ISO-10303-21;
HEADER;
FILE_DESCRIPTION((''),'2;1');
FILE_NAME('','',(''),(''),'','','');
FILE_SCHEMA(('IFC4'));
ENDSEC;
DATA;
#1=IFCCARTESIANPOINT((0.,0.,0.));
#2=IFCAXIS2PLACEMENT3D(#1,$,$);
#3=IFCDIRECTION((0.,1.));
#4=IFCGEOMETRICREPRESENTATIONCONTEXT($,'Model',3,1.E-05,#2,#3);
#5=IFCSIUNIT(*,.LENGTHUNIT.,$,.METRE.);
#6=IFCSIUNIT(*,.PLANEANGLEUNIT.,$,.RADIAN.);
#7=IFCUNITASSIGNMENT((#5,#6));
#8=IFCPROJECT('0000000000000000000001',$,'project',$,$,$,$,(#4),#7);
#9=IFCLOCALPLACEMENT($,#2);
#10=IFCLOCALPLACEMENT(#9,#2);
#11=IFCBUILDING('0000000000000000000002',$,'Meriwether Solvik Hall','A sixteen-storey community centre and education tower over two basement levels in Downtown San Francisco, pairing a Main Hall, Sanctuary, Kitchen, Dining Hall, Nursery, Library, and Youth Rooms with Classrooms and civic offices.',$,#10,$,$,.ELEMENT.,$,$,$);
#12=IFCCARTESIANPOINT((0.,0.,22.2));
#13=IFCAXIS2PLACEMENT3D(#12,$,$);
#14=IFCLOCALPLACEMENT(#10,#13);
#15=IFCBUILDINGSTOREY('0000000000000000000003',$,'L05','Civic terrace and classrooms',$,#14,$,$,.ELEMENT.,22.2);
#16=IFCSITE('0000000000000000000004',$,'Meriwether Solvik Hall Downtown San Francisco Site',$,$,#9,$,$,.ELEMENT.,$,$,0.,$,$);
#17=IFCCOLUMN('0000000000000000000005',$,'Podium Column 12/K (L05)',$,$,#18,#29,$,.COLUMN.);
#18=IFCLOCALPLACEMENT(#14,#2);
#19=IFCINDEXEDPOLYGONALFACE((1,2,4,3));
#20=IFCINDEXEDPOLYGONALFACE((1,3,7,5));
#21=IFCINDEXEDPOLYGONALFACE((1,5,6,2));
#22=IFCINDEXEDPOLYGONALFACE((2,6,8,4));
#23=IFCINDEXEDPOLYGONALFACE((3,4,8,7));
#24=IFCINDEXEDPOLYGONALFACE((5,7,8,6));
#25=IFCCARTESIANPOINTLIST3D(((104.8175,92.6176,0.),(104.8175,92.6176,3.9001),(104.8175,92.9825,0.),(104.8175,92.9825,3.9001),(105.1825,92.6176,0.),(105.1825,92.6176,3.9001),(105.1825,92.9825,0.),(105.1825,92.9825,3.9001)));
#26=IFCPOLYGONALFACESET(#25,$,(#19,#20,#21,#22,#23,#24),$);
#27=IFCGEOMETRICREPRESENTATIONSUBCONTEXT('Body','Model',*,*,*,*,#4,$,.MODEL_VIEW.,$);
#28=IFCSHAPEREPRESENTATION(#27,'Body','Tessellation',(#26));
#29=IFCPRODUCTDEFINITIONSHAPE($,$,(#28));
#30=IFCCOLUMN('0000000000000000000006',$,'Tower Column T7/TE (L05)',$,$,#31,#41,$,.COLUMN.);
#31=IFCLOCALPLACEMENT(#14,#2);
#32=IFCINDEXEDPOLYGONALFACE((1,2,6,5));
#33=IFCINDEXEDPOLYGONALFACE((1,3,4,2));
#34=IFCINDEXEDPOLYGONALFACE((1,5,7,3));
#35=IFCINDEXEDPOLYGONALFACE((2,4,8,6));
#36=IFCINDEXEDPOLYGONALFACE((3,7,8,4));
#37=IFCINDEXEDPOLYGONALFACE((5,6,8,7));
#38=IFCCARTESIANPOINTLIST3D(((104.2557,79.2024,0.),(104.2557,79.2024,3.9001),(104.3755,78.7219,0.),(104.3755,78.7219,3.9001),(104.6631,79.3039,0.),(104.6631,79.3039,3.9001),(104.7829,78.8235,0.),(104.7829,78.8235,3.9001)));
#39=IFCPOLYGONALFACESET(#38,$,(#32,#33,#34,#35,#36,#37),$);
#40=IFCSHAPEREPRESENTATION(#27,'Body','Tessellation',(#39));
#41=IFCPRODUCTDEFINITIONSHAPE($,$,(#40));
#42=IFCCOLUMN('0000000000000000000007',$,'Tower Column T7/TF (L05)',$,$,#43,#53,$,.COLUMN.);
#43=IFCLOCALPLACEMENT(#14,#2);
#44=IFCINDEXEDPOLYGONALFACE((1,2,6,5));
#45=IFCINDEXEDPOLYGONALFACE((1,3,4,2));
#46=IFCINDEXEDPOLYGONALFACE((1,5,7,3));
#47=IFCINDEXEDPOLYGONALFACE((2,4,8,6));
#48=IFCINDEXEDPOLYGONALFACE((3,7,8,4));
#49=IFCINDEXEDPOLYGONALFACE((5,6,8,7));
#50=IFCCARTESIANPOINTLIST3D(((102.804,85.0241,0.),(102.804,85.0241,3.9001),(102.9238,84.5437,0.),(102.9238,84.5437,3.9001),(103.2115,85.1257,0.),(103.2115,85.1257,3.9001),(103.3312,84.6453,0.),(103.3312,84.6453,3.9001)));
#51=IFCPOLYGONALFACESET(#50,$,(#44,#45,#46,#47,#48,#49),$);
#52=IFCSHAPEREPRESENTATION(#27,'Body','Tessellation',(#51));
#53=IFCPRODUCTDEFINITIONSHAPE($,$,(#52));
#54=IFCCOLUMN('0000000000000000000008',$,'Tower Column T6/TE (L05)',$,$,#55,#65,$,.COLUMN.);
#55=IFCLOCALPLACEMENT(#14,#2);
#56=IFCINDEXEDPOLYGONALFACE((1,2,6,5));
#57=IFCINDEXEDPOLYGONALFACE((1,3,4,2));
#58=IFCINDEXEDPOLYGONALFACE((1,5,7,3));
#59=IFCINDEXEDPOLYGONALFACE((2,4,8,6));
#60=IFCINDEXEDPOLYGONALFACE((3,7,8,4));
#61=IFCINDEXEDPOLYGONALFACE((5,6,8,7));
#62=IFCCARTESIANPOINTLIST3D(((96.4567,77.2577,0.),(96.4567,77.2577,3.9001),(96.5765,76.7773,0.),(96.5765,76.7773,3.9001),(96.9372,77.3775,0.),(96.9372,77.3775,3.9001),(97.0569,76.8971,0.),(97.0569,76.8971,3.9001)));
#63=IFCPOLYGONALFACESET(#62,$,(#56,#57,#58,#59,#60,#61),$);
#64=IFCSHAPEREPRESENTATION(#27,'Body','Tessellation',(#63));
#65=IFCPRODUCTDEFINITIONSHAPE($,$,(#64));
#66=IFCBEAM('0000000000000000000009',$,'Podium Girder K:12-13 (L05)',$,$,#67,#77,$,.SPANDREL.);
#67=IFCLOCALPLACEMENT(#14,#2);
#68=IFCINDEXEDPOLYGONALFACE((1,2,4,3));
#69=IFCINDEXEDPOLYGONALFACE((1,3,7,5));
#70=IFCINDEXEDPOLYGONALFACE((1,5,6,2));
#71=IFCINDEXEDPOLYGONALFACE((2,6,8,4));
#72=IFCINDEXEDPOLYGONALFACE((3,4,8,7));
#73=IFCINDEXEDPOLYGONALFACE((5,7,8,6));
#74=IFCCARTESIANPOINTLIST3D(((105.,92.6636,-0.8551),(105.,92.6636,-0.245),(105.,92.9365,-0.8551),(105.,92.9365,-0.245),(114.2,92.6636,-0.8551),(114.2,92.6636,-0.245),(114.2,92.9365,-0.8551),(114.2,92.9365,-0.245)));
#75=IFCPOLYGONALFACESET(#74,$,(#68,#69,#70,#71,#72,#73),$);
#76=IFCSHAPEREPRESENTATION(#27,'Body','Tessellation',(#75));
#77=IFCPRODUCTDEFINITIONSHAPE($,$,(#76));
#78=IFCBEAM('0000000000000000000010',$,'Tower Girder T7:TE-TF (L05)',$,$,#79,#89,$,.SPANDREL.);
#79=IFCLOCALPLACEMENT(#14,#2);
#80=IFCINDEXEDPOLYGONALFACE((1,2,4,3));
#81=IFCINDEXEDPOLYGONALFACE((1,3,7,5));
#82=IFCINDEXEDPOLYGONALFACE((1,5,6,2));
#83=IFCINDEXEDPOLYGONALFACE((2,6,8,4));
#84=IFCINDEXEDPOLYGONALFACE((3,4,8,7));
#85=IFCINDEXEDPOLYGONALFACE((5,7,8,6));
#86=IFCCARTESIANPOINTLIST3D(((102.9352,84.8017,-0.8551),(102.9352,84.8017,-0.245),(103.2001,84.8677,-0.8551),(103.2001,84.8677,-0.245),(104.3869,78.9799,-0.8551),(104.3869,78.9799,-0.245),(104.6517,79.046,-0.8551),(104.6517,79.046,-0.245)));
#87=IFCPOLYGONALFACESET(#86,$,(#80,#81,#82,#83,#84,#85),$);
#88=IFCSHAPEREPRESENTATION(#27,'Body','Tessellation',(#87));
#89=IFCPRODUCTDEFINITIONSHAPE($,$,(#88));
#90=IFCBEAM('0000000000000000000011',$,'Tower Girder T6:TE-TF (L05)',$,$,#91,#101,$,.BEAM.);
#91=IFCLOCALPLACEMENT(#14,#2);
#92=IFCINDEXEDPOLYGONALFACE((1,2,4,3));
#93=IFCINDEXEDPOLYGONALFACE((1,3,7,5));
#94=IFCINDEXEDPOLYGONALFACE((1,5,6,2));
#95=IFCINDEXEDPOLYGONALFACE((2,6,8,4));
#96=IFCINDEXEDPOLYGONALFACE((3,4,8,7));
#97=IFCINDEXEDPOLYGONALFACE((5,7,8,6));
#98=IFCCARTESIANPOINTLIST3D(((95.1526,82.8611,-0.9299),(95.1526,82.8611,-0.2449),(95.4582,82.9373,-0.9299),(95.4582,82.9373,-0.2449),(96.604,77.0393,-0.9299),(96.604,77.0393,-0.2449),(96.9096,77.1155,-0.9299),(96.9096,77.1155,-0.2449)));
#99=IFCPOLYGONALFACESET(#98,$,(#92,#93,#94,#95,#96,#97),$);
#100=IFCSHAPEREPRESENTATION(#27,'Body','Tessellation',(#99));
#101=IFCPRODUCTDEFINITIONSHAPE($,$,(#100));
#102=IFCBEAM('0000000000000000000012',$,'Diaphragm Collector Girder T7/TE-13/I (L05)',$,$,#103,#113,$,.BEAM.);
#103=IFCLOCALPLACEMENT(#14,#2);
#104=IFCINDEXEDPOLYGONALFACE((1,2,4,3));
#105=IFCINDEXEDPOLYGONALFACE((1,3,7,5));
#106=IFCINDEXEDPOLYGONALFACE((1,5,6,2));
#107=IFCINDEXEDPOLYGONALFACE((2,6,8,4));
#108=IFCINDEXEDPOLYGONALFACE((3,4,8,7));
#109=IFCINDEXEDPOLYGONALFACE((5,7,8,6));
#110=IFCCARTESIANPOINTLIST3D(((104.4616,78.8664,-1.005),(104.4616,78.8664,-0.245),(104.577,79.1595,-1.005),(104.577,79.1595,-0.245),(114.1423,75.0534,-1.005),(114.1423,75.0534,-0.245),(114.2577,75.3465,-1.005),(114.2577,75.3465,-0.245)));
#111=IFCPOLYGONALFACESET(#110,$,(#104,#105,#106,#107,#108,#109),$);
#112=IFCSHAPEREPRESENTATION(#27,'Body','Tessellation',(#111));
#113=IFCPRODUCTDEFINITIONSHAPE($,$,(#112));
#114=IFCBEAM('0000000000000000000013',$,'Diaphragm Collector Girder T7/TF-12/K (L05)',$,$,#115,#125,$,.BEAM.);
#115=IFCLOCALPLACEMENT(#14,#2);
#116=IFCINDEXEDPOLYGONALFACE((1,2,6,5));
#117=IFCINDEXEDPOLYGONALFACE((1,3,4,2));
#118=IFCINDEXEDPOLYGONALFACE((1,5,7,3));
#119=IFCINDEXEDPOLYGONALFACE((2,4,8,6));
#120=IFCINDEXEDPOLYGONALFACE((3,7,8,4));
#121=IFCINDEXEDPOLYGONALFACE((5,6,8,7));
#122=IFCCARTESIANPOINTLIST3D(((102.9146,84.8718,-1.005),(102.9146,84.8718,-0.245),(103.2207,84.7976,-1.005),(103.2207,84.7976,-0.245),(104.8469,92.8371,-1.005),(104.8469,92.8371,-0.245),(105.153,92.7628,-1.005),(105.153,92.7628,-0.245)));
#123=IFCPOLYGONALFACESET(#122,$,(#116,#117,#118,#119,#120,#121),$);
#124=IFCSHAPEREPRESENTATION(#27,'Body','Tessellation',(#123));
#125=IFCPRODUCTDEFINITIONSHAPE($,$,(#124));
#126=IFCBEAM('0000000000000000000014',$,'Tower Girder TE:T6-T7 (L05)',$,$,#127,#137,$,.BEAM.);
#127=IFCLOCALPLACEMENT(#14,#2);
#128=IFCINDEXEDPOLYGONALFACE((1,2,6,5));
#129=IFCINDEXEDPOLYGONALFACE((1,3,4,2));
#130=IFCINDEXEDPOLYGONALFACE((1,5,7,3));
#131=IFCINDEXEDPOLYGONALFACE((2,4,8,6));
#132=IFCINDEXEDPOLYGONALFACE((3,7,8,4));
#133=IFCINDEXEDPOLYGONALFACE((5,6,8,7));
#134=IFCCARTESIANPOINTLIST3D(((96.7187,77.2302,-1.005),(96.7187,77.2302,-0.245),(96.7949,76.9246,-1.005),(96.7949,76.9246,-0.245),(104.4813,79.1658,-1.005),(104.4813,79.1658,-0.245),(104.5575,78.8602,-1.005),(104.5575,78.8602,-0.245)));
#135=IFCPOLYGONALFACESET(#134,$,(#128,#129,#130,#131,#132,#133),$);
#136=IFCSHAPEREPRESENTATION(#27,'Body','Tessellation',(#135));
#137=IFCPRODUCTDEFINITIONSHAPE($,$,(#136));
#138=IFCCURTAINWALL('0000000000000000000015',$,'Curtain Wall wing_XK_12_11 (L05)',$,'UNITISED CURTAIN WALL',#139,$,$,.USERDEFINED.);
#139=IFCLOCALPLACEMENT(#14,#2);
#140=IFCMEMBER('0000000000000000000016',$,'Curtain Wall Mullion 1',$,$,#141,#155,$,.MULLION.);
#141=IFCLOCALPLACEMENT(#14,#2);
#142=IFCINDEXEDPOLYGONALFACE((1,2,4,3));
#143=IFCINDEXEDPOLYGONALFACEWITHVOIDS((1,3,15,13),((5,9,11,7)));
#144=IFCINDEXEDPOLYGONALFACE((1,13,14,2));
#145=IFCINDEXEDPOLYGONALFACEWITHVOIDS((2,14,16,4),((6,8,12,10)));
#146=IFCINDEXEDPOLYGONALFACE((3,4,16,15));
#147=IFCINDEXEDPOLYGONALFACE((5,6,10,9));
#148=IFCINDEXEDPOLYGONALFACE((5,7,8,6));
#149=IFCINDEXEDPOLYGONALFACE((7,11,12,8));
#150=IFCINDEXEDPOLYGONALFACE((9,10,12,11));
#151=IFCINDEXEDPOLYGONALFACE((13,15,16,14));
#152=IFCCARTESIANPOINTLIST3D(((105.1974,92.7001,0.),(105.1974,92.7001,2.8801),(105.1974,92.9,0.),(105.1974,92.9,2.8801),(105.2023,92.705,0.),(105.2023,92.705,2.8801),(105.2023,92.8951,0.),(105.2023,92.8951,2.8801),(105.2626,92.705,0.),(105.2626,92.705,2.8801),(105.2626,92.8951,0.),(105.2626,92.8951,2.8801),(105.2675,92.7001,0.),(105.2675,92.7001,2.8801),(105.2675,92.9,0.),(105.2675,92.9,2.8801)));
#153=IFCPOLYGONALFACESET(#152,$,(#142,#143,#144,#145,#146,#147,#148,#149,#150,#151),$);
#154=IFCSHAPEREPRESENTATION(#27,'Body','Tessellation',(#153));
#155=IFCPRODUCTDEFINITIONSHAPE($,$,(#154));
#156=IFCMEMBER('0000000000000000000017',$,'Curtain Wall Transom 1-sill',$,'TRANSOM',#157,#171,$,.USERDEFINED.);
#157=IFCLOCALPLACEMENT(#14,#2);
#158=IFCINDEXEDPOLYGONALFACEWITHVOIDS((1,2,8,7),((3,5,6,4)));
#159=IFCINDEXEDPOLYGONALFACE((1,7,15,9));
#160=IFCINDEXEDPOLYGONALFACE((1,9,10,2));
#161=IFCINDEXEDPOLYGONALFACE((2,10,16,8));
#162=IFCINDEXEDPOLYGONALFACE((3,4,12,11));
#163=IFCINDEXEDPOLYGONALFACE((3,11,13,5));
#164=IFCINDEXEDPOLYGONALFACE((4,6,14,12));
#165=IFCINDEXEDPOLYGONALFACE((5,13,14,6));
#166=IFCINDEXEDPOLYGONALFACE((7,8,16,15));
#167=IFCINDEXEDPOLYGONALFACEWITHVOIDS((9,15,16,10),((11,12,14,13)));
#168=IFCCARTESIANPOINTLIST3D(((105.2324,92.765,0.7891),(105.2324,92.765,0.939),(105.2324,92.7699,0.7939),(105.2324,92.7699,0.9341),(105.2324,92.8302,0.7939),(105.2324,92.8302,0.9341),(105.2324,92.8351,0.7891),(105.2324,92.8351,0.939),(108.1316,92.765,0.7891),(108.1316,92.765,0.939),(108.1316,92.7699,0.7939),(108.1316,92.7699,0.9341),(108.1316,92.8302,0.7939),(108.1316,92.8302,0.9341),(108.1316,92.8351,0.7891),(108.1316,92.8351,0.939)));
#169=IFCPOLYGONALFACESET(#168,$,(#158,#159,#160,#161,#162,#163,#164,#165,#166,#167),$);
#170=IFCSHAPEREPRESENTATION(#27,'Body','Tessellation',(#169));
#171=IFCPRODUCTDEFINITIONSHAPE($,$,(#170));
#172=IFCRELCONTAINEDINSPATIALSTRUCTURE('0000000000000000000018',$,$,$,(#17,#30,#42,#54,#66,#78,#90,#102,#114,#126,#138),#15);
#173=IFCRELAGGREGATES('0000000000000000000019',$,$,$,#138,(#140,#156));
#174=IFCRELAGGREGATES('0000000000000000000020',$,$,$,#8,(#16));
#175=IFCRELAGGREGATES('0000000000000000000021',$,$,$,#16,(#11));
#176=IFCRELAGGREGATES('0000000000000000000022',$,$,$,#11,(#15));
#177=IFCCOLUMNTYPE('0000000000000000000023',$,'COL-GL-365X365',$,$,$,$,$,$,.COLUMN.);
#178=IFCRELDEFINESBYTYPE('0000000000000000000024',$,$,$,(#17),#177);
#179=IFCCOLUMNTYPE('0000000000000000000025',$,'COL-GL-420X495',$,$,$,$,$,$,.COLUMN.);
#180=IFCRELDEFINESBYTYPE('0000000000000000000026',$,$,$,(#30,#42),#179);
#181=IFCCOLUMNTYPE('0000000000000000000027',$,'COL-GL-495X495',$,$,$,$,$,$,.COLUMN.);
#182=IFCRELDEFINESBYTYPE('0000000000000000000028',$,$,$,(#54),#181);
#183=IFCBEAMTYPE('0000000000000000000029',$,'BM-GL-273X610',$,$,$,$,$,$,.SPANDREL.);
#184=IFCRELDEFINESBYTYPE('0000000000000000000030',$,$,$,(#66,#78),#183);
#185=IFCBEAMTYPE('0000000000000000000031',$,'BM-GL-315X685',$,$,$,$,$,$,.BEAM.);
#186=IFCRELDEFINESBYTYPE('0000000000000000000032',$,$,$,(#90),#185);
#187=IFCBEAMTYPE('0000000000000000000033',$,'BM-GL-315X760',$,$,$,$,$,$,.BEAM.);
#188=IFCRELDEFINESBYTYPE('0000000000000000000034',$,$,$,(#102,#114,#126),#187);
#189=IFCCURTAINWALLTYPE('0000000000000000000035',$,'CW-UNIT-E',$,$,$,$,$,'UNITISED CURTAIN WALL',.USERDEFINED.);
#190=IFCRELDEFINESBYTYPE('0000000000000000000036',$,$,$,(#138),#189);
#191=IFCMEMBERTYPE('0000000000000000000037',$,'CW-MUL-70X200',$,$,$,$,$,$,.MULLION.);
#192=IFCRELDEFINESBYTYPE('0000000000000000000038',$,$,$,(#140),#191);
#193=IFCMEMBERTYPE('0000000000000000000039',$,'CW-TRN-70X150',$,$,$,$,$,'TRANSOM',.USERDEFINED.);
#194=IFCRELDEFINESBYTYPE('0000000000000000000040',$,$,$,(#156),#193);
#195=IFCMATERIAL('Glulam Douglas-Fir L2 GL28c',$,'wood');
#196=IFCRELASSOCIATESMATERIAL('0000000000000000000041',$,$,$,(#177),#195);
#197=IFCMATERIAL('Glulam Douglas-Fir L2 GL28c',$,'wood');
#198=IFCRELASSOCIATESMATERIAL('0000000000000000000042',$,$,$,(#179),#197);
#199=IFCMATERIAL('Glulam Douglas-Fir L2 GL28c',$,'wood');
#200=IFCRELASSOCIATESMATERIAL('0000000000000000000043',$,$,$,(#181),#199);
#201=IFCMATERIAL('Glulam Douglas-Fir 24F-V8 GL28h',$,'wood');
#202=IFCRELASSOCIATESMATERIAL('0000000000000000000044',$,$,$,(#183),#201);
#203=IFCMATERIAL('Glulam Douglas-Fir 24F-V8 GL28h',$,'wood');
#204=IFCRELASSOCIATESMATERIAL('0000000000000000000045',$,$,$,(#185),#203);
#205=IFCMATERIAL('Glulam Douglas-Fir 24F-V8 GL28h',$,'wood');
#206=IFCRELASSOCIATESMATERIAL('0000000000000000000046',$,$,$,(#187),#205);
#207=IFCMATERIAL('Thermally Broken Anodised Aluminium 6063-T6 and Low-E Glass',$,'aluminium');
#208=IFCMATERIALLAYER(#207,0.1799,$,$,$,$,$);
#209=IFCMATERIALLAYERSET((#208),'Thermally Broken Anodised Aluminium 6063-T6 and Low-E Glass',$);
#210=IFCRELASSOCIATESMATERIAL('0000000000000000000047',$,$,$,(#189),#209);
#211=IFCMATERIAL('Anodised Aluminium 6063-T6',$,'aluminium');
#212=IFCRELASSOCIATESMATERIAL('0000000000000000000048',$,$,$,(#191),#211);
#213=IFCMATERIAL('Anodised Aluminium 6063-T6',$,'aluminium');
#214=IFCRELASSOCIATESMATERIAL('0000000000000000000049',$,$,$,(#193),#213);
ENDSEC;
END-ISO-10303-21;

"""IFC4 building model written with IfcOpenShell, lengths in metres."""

from ifc_helpers import new_model, si_unit, direction, frame, origin, origin_2d, place, context, subcontext, project, spatial, rectangle, hollow_rectangle, extrude, material, layer, layer_set, material_profile, profile_set, type_object, element, aggregate, save


model = new_model("IFC4")

# Units and contexts
model_context = context("Model", 3, precision=1e-05, world=origin(), true_north=direction((0.0, 1.0)))
body_context = subcontext(model_context, "Body", "Model", "MODEL_VIEW")
ifc_project = project(units=[si_unit("LENGTHUNIT", "METRE"), si_unit("PLANEANGLEUNIT", "RADIAN")], contexts=[model_context])

# Site, building, storey
site_placement = place(None, origin())
site = spatial("IfcSite", under=ifc_project, at=site_placement, Name="Meriwether Solvik Hall Downtown San Francisco Site", CompositionType="ELEMENT", RefElevation=0.0)
building_placement = place(site_placement, origin())
building = spatial("IfcBuilding", under=site, at=building_placement, Name="Meriwether Solvik Hall", Description="A sixteen-storey community centre and education tower over two basement levels in Downtown San Francisco, pairing a Main Hall, Sanctuary, Kitchen, Dining Hall, Nursery, Library, and Youth Rooms with Classrooms and civic offices.", CompositionType="ELEMENT")
storey_placement = place(building_placement, frame((0.0, 0.0, 22.2)))
storey = spatial("IfcBuildingStorey", under=building, at=storey_placement, Name="L05", Description="Civic terrace and classrooms", CompositionType="ELEMENT", Elevation=22.2)

# Columns
ifc_material_1 = material(Name="Glulam Douglas-Fir L2 GL28c", Category="wood")
ifc_material_profile_1 = material_profile(ifc_material_1, rectangle(XDim=0.365, YDim=0.365, at=origin_2d()), Name="GLC-365X365")
ifc_profile_set_1 = profile_set([ifc_material_profile_1], Name="Glulam Douglas-Fir L2 GL28c")
column_type_1 = type_object("IfcColumnType", Name="COL-GL-365X365", PredefinedType="COLUMN", material=ifc_profile_set_1)
column_1_placement = place(storey_placement, frame((105.0, 92.8, 0.0), z_axis=(0.0, 0.0, 1.0), x_axis=(1.0, 0.0, 0.0)))
element("IfcColumn", 1, at=column_1_placement, inside=storey, type_object=column_type_1, Name="Podium Column 12/K (L05)", PredefinedType="COLUMN", context=body_context, shape_type="SweptSolid", body=[
    extrude(rectangle(XDim=0.365, YDim=0.365, at=origin_2d()), origin(), (0.0, 0.0, 1.0), 3.9001),
])
ifc_material_2 = material(Name="Glulam Douglas-Fir L2 GL28c", Category="wood")
ifc_material_profile_2 = material_profile(ifc_material_2, rectangle(XDim=0.4199, YDim=0.4951, at=origin_2d()), Name="GLC-420X495")
ifc_profile_set_2 = profile_set([ifc_material_profile_2], Name="Glulam Douglas-Fir L2 GL28c")
column_type_2 = type_object("IfcColumnType", Name="COL-GL-420X495", PredefinedType="COLUMN", material=ifc_profile_set_2)
for number, where, z_axis, x_axis, name in (
    (2, (104.5193, 79.0129, 0.0), (0.0, 0.0, 1.0), (0.970296, 0.241922, 0.0), "Tower Column T7/TE (L05)"),
    (3, (103.0676, 84.8347, 0.0), (0.0, 0.0, 1.0), (0.970296, 0.241922, 0.0), "Tower Column T7/TF (L05)"),
):
    element("IfcColumn", number, at=place(storey_placement, frame(where, z_axis=z_axis, x_axis=x_axis)), inside=storey, type_object=column_type_2, Name=name, PredefinedType="COLUMN", context=body_context, shape_type="SweptSolid", body=[
        extrude(rectangle(XDim=0.4199, YDim=0.4951, at=origin_2d()), origin(), (0.0, 0.0, 1.0), 3.9001),
    ])
ifc_material_3 = material(Name="Glulam Douglas-Fir L2 GL28c", Category="wood")
ifc_material_profile_3 = material_profile(ifc_material_3, rectangle(XDim=0.4951, YDim=0.4951, at=origin_2d()), Name="GLC-495X495")
ifc_profile_set_3 = profile_set([ifc_material_profile_3], Name="Glulam Douglas-Fir L2 GL28c")
column_type_3 = type_object("IfcColumnType", Name="COL-GL-495X495", PredefinedType="COLUMN", material=ifc_profile_set_3)
column_2_placement = place(storey_placement, frame((96.7568, 77.0774, 0.0), z_axis=(0.0, 0.0, 1.0), x_axis=(0.970296, 0.241922, 0.0)))
element("IfcColumn", 4, at=column_2_placement, inside=storey, type_object=column_type_3, Name="Tower Column T6/TE (L05)", PredefinedType="COLUMN", context=body_context, shape_type="SweptSolid", body=[
    extrude(rectangle(XDim=0.4951, YDim=0.4951, at=origin_2d()), origin(), (0.0, 0.0, 1.0), 3.9001),
])

# Beams
ifc_material_4 = material(Name="Glulam Douglas-Fir 24F-V8 GL28h", Category="wood")
ifc_material_profile_4 = material_profile(ifc_material_4, rectangle(XDim=0.2729, YDim=0.6101, at=origin_2d()), Name="GLB-273X610")
ifc_profile_set_4 = profile_set([ifc_material_profile_4], Name="Glulam Douglas-Fir 24F-V8 GL28h")
beam_type_1 = type_object("IfcBeamType", Name="BM-GL-273X610", PredefinedType="SPANDREL", material=ifc_profile_set_4)
beam_1_placement = place(storey_placement, frame((105.0, 92.8, -0.55), z_axis=(1.0, 0.0, 0.0), x_axis=(0.0, 1.0, 0.0)))
element("IfcBeam", 5, at=beam_1_placement, inside=storey, type_object=beam_type_1, Name="Podium Girder K:12-13 (L05)", PredefinedType="SPANDREL", context=body_context, shape_type="SweptSolid", body=[
    extrude(rectangle(XDim=0.2729, YDim=0.6101, at=origin_2d()), origin(), (0.0, 0.0, 1.0), 9.2),
])
beam_2_placement = place(storey_placement, frame((104.5193, 79.0129, -0.55), z_axis=(-0.241942, 0.970291, 0.0), x_axis=(-0.970291, -0.241942, 0.0)))
element("IfcBeam", 6, at=beam_2_placement, inside=storey, type_object=beam_type_1, Name="Tower Girder T7:TE-TF (L05)", PredefinedType="SPANDREL", context=body_context, shape_type="SweptSolid", body=[
    extrude(rectangle(XDim=0.2729, YDim=0.6101, at=origin_2d()), origin(), (0.0, 0.0, 1.0), 6.0),
])
ifc_material_5 = material(Name="Glulam Douglas-Fir 24F-V8 GL28h", Category="wood")
ifc_material_profile_5 = material_profile(ifc_material_5, rectangle(XDim=0.3149, YDim=0.6851, at=origin_2d()), Name="GLB-315X685")
ifc_profile_set_5 = profile_set([ifc_material_profile_5], Name="Glulam Douglas-Fir 24F-V8 GL28h")
beam_type_2 = type_object("IfcBeamType", Name="BM-GL-315X685", PredefinedType="BEAM", material=ifc_profile_set_5)
beam_3_placement = place(storey_placement, frame((96.7568, 77.0774, -0.5874), z_axis=(-0.241904, 0.9703, 0.0), x_axis=(-0.9703, -0.241904, 0.0)))
element("IfcBeam", 7, at=beam_3_placement, inside=storey, type_object=beam_type_2, Name="Tower Girder T6:TE-TF (L05)", PredefinedType="BEAM", context=body_context, shape_type="SweptSolid", body=[
    extrude(rectangle(XDim=0.3149, YDim=0.6851, at=origin_2d()), origin(), (0.0, 0.0, 1.0), 6.0),
])
ifc_material_6 = material(Name="Glulam Douglas-Fir 24F-V8 GL28h", Category="wood")
ifc_material_profile_6 = material_profile(ifc_material_6, rectangle(XDim=0.3149, YDim=0.76, at=origin_2d()), Name="GLB-315X760")
ifc_profile_set_6 = profile_set([ifc_material_profile_6], Name="Glulam Douglas-Fir 24F-V8 GL28h")
beam_type_3 = type_object("IfcBeamType", Name="BM-GL-315X760", PredefinedType="BEAM", material=ifc_profile_set_6)
beam_4_placement = place(storey_placement, frame((104.5193, 79.0129, -0.625), z_axis=(0.930428, -0.366474, 0.0), x_axis=(0.366474, 0.930428, 0.0)))
element("IfcBeam", 8, at=beam_4_placement, inside=storey, type_object=beam_type_3, Name="Diaphragm Collector Girder T7/TE-13/I (L05)", PredefinedType="BEAM", context=body_context, shape_type="SweptSolid", body=[
    extrude(rectangle(XDim=0.3149, YDim=0.76, at=origin_2d()), origin(), (0.0, 0.0, 1.0), 10.4045),
])
beam_5_placement = place(storey_placement, frame((103.0676, 84.8347, -0.625), z_axis=(0.235759, 0.971811, 0.0), x_axis=(-0.971811, 0.235759, 0.0)))
element("IfcBeam", 9, at=beam_5_placement, inside=storey, type_object=beam_type_3, Name="Diaphragm Collector Girder T7/TF-12/K (L05)", PredefinedType="BEAM", context=body_context, shape_type="SweptSolid", body=[
    extrude(rectangle(XDim=0.3149, YDim=0.76, at=origin_2d()), origin(), (0.0, 0.0, 1.0), 8.1963),
])
beam_6_placement = place(storey_placement, frame((96.7568, 77.0774, -0.625), z_axis=(0.970291, 0.24194, 0.0), x_axis=(-0.24194, 0.970291, 0.0)))
element("IfcBeam", 10, at=beam_6_placement, inside=storey, type_object=beam_type_3, Name="Tower Girder TE:T6-T7 (L05)", PredefinedType="BEAM", context=body_context, shape_type="SweptSolid", body=[
    extrude(rectangle(XDim=0.3149, YDim=0.76, at=origin_2d()), origin(), (0.0, 0.0, 1.0), 8.0002),
])

# Curtain wall, members
ifc_material_7 = material(Name="Thermally Broken Anodised Aluminium 6063-T6 and Low-E Glass", Category="aluminium")
ifc_layer_1 = layer(ifc_material_7, 0.1799)
ifc_layer_set_1 = layer_set([ifc_layer_1], Name="Thermally Broken Anodised Aluminium 6063-T6 and Low-E Glass")
curtain_wall_type = type_object("IfcCurtainWallType", Name="CW-UNIT-E", ElementType="UNITISED CURTAIN WALL", PredefinedType="USERDEFINED", material=ifc_layer_set_1)
curtain_wall_placement = place(storey_placement, origin())
curtain_wall = element("IfcCurtainWall", 11, at=curtain_wall_placement, inside=storey, type_object=curtain_wall_type, Name="Curtain Wall wing_XK_12_11 (L05)", ObjectType="UNITISED CURTAIN WALL", PredefinedType="USERDEFINED")
ifc_material_8 = material(Name="Anodised Aluminium 6063-T6", Category="aluminium")
ifc_material_profile_7 = material_profile(ifc_material_8, hollow_rectangle(XDim=0.0701, YDim=0.2, WallThickness=0.0049, at=origin_2d()), Name="CWM-70X200")
ifc_profile_set_7 = profile_set([ifc_material_profile_7], Name="Anodised Aluminium 6063-T6")
member_type_1 = type_object("IfcMemberType", Name="CW-MUL-70X200", PredefinedType="MULLION", material=ifc_profile_set_7)
member_1_placement = place(storey_placement, frame((105.2324, 92.8, 0.0), z_axis=(0.0, 0.0, 1.0), x_axis=(1.0, 0.0, 0.0)))
member_1 = element("IfcMember", 12, at=member_1_placement, type_object=member_type_1, Name="Curtain Wall Mullion 1", PredefinedType="MULLION", context=body_context, shape_type="SweptSolid", body=[
    extrude(hollow_rectangle(XDim=0.0701, YDim=0.2, WallThickness=0.0049, at=origin_2d()), origin(), (0.0, 0.0, 1.0), 2.8801),
])
ifc_material_9 = material(Name="Anodised Aluminium 6063-T6", Category="aluminium")
ifc_material_profile_8 = material_profile(ifc_material_9, hollow_rectangle(XDim=0.0701, YDim=0.1499, WallThickness=0.0049, at=origin_2d()), Name="CWT-70X150")
ifc_profile_set_8 = profile_set([ifc_material_profile_8], Name="Anodised Aluminium 6063-T6")
member_type_2 = type_object("IfcMemberType", Name="CW-TRN-70X150", ElementType="TRANSOM", PredefinedType="USERDEFINED", material=ifc_profile_set_8)
member_2_placement = place(storey_placement, frame((105.2324, 92.8, 0.864), z_axis=(1.0, 0.0, 0.0), x_axis=(0.0, 1.0, 0.0)))
member_2 = element("IfcMember", 13, at=member_2_placement, type_object=member_type_2, Name="Curtain Wall Transom 1-sill", ObjectType="TRANSOM", PredefinedType="USERDEFINED", context=body_context, shape_type="SweptSolid", body=[
    extrude(hollow_rectangle(XDim=0.0701, YDim=0.1499, WallThickness=0.0049, at=origin_2d()), origin(), (0.0, 0.0, 1.0), 2.8992),
])

aggregate(curtain_wall, [member_1, member_2])

save(model, "model.ifc")
